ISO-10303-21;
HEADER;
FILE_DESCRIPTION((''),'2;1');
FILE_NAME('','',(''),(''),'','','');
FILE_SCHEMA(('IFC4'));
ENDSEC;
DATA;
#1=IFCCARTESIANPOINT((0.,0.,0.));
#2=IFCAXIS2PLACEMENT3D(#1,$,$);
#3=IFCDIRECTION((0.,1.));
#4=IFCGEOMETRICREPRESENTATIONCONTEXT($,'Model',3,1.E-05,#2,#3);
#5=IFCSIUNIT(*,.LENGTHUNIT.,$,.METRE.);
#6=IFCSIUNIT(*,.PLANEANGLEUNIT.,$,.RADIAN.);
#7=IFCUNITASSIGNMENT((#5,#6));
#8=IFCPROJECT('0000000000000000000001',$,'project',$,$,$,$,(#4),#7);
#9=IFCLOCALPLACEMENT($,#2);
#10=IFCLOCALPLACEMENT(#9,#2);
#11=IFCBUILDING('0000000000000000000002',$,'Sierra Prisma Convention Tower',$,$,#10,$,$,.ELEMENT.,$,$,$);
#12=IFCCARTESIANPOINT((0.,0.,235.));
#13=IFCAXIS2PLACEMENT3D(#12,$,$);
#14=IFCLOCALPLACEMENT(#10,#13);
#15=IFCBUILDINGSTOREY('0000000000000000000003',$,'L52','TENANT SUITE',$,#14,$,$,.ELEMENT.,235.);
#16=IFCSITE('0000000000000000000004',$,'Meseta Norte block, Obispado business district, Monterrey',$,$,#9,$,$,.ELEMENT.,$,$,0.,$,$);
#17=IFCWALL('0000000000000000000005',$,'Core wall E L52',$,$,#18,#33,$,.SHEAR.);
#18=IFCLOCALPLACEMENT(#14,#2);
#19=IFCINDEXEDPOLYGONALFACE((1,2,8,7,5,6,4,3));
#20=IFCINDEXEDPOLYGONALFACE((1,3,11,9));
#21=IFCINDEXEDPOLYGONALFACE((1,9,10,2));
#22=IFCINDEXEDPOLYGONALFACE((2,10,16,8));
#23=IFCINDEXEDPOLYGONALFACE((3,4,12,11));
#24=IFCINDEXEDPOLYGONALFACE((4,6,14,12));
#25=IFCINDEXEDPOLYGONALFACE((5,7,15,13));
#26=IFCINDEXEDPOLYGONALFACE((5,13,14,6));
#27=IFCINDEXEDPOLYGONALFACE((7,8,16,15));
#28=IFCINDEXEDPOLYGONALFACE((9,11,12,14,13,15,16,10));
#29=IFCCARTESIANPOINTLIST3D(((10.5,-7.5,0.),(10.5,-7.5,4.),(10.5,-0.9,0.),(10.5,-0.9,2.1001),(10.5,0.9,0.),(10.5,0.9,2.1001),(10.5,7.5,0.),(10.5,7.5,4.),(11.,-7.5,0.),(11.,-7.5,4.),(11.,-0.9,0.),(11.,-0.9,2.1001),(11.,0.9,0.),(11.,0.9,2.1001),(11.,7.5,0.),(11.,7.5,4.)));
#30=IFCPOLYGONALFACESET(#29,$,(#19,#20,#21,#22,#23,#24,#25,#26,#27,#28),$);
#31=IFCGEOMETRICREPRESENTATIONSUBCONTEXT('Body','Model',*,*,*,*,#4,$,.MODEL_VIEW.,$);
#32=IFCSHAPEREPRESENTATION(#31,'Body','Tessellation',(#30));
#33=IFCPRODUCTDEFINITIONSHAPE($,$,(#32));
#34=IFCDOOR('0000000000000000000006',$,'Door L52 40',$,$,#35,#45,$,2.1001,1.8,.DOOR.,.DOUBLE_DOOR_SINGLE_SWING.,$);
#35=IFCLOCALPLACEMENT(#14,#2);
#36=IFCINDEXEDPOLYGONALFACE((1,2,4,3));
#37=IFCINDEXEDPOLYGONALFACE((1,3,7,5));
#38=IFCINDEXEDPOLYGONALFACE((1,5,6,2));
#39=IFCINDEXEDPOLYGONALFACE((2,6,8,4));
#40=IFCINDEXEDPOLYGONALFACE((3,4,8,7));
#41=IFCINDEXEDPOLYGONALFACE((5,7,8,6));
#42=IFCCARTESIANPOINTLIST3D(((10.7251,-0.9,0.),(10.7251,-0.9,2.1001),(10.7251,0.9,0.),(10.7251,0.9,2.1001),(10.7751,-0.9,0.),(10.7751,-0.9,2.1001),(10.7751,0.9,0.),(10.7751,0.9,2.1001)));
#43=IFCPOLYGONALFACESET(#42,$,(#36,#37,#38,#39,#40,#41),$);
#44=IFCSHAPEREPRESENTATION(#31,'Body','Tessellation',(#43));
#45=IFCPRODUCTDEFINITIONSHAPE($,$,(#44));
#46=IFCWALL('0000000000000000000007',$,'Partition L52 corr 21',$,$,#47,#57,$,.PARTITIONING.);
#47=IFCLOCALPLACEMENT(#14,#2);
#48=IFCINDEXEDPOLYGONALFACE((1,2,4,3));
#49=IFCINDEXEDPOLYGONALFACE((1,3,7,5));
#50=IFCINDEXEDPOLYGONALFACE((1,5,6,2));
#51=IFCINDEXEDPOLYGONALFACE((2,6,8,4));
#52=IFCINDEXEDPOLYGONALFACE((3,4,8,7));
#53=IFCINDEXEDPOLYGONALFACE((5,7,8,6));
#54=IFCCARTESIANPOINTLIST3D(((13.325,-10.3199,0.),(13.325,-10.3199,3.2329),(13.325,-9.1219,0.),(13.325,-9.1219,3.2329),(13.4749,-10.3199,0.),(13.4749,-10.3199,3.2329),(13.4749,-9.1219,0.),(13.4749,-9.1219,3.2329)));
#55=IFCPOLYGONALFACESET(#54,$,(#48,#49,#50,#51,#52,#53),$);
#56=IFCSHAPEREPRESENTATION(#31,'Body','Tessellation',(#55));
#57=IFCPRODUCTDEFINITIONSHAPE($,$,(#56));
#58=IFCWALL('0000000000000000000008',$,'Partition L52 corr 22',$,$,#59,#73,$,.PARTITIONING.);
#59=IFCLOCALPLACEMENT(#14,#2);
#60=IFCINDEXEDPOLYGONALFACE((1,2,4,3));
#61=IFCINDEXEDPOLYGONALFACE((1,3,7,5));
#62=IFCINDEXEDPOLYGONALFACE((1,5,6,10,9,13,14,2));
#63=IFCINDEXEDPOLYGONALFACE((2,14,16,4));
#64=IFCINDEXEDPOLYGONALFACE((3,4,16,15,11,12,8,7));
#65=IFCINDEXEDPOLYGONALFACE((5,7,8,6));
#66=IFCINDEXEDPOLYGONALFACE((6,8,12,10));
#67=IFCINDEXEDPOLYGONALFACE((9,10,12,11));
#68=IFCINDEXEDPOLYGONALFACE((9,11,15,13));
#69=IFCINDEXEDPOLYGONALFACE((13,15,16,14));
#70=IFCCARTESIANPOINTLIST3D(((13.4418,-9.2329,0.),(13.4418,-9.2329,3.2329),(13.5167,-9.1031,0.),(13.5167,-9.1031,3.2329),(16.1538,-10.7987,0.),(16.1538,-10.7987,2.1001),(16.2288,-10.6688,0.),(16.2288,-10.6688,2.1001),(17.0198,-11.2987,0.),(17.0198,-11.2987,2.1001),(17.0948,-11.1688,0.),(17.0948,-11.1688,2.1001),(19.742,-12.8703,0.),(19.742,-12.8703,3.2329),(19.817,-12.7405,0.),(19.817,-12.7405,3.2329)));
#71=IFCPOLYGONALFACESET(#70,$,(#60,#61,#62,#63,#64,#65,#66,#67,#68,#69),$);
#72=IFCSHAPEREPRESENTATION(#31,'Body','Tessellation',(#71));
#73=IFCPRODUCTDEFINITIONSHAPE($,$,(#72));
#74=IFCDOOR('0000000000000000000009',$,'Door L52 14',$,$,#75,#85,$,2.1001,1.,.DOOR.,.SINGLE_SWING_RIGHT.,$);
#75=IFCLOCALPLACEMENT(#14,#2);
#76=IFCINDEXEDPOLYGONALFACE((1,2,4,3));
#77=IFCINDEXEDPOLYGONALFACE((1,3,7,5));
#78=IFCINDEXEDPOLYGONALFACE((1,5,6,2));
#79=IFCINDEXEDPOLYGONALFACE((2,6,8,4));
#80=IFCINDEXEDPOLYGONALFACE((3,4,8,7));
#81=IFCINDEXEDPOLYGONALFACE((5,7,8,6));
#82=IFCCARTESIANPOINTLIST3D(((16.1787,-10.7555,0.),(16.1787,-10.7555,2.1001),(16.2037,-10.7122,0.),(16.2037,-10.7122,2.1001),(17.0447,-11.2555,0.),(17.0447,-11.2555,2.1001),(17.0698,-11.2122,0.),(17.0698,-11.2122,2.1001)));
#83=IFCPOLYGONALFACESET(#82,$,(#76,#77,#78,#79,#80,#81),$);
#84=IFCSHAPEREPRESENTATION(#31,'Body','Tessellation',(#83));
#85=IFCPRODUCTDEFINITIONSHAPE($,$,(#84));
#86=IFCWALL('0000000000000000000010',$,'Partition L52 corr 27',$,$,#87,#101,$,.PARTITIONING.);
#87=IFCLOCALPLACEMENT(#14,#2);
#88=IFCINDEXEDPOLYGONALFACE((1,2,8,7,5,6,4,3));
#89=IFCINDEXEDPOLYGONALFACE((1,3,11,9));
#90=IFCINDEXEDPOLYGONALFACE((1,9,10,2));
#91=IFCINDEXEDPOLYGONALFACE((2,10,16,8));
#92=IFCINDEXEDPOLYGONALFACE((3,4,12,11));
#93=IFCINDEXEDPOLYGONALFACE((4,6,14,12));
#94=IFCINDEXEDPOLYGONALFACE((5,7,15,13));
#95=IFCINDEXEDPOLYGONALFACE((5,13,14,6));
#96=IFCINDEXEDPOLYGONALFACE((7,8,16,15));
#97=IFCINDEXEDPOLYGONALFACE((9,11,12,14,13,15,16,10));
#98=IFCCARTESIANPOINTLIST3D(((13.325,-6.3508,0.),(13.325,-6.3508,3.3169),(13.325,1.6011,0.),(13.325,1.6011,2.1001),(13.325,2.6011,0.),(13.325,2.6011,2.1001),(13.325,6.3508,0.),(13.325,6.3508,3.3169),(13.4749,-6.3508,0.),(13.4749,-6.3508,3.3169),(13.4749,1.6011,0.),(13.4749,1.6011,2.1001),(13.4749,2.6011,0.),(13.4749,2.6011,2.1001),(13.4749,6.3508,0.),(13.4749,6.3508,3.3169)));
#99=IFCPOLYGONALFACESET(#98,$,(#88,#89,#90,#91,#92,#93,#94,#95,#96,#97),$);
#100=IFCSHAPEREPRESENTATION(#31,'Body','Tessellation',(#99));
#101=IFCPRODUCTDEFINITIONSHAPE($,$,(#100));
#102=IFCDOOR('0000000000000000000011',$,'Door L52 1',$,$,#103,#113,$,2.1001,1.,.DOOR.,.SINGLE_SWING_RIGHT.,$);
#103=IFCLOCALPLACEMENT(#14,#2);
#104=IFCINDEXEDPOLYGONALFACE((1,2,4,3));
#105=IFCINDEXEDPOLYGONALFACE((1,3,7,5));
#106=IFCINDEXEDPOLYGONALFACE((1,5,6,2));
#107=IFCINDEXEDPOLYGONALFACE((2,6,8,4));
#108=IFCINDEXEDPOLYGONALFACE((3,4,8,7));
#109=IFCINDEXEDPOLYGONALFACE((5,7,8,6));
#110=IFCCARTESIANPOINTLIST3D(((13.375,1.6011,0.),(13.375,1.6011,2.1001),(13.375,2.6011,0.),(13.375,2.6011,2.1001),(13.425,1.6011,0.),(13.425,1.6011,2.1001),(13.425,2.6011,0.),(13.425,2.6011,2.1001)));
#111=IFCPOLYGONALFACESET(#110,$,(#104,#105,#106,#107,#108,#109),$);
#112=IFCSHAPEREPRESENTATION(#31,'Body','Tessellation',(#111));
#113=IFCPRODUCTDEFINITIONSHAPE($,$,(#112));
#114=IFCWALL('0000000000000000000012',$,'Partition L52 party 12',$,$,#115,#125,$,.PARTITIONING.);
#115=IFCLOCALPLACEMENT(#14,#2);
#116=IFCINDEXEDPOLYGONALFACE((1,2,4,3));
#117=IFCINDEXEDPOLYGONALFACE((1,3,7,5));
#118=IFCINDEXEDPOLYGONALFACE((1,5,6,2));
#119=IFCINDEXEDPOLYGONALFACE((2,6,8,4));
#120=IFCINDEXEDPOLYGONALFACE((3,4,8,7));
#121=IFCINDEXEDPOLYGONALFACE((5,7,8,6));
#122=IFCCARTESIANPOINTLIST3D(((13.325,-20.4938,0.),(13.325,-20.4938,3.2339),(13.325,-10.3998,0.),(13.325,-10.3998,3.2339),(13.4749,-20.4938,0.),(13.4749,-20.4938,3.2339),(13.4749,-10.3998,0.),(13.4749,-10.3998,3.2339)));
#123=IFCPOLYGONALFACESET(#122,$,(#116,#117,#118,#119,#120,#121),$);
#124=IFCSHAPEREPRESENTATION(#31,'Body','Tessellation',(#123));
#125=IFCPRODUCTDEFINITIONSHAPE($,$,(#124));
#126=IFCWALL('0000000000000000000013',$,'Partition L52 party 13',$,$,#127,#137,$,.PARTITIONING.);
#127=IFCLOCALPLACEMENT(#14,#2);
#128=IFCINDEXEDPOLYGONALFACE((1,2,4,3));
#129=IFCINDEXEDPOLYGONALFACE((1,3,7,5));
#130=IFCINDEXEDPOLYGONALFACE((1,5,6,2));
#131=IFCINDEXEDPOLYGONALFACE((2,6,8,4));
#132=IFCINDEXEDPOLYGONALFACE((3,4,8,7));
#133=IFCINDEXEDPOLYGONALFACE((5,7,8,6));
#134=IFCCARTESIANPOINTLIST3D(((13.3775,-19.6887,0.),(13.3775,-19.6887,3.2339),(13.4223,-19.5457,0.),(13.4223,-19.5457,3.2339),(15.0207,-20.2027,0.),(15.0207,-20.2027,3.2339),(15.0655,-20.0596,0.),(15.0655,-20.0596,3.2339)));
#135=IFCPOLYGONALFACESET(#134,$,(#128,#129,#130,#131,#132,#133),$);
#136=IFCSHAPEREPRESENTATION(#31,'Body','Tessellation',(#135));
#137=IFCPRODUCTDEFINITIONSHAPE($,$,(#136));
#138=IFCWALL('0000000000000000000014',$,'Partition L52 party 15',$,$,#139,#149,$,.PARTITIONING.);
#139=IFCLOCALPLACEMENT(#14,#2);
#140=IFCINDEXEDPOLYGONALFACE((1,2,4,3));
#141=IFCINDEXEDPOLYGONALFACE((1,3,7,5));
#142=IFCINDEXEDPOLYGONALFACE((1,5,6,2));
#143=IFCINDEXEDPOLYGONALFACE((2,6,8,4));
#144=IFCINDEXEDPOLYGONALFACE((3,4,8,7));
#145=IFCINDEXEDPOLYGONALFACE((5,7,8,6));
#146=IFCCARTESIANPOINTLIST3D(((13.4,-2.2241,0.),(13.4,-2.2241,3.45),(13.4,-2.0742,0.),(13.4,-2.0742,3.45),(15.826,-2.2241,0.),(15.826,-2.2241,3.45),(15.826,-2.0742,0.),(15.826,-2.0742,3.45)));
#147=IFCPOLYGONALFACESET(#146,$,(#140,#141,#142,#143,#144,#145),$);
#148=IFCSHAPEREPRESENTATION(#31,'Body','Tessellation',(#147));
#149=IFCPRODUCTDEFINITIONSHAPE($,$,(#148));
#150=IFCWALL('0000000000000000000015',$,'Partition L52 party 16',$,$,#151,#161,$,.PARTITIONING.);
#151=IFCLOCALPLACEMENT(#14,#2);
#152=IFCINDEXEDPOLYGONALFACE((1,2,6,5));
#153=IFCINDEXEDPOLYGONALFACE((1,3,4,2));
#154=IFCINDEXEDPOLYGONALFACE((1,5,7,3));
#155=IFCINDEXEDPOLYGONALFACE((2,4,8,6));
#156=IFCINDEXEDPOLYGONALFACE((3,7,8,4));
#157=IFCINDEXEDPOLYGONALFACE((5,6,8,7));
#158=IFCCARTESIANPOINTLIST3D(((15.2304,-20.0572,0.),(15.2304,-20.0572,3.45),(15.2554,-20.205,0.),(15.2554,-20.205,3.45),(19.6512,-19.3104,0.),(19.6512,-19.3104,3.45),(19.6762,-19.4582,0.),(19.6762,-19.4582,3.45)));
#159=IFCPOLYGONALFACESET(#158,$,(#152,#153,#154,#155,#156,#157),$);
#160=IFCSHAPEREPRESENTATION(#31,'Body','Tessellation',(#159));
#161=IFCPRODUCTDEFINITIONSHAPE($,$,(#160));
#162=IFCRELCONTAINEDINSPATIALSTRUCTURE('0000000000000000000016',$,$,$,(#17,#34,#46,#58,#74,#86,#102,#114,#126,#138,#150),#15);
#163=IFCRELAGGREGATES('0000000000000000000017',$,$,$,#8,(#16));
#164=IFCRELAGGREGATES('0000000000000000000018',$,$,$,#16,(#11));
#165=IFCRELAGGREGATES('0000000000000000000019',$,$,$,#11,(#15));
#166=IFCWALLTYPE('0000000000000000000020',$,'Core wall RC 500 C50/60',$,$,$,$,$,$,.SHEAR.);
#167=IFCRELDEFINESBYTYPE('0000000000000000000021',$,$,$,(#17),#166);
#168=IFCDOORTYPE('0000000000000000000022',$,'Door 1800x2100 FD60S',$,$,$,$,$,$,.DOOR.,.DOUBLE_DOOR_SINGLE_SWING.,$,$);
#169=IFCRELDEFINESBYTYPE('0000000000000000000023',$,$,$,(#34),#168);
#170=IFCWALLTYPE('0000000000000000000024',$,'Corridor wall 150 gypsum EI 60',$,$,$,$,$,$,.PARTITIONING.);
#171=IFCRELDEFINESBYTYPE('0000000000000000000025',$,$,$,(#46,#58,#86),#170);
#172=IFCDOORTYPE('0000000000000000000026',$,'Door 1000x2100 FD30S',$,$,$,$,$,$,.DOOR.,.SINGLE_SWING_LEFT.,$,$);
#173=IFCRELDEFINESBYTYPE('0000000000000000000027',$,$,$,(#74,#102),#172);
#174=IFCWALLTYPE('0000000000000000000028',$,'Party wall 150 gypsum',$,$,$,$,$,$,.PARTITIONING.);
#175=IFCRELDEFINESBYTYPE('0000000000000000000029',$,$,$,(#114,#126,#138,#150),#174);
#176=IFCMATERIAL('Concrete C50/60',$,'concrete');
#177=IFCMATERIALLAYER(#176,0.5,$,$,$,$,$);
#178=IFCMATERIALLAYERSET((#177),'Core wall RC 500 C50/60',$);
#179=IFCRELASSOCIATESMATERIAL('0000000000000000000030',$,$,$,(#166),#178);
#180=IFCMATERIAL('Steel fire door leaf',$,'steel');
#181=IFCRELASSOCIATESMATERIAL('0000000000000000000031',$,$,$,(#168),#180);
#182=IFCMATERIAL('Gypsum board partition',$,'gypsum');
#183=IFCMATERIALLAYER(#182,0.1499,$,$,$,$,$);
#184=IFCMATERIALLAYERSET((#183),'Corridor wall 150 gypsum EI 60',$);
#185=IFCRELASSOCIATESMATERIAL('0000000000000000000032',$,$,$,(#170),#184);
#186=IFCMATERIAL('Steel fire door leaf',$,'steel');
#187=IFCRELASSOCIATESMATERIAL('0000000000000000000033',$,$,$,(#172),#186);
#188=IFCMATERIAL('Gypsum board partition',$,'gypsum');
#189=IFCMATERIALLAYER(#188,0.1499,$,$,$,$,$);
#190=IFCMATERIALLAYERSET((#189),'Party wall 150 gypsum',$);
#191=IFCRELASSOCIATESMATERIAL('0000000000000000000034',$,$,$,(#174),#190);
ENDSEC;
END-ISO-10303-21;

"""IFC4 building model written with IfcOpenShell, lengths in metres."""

from ifc_helpers import new_model, si_unit, direction, frame, frame_2d, origin, place, context, subcontext, project, spatial, rectangle, extrude, material, layer, layer_set, type_object, element, fill, save


model = new_model("IFC4")

# Units and contexts
model_context = context("Model", 3, precision=1e-05, world=origin(), true_north=direction((0.0, 1.0)))
body_context = subcontext(model_context, "Body", "Model", "MODEL_VIEW")
ifc_project = project(units=[si_unit("LENGTHUNIT", "METRE"), si_unit("PLANEANGLEUNIT", "RADIAN")], contexts=[model_context])

# Site, building, storey
site_placement = place(None, origin())
site = spatial("IfcSite", under=ifc_project, at=site_placement, Name="Meseta Norte block, Obispado business district, Monterrey", CompositionType="ELEMENT", RefElevation=0.0)
building_placement = place(site_placement, origin())
building = spatial("IfcBuilding", under=site, at=building_placement, Name="Sierra Prisma Convention Tower", CompositionType="ELEMENT")
storey_placement = place(building_placement, frame((0.0, 0.0, 235.0)))
storey = spatial("IfcBuildingStorey", under=building, at=storey_placement, Name="L52", Description="TENANT SUITE", CompositionType="ELEMENT", Elevation=235.0)

# Wall, opening, door
ifc_material_1 = material(Name="Concrete C50/60", Category="concrete")
ifc_layer_1 = layer(ifc_material_1, 0.5)
ifc_layer_set_1 = layer_set([ifc_layer_1], Name="Core wall RC 500 C50/60")
wall_type_1 = type_object("IfcWallType", Name="Core wall RC 500 C50/60", PredefinedType="SHEAR", material=ifc_layer_set_1)
wall_1_placement = place(storey_placement, frame((10.75, -7.5, 0.0), z_axis=(0.0, 0.0, 1.0), x_axis=(0.0, 1.0, 0.0)))
wall_1 = element("IfcWall", 1, at=wall_1_placement, inside=storey, type_object=wall_type_1, Name="Core wall E L52", PredefinedType="SHEAR", context=body_context, shape_type="SweptSolid", body=[
    extrude(rectangle(XDim=15.0, YDim=0.5, at=frame_2d((7.5, 0.0))), origin(), (0.0, 0.0, 1.0), 4.0),
])
opening_1_placement = place(wall_1_placement, frame((6.6001, 0.0, 0.0)))
opening_1 = element("IfcOpeningElement", 2, at=opening_1_placement, cuts=wall_1, PredefinedType="OPENING", context=body_context, shape_type="SweptSolid", body=[
    extrude(rectangle(XDim=1.8, YDim=2.1001, at=frame_2d((0.8999, 1.05))), frame((0.0, 0.25, 0.0), z_axis=(0.0, -1.0, 0.0), x_axis=(1.0, 0.0, 0.0)), (0.0, 0.0, 1.0), 0.5),
])
ifc_material_2 = material(Name="Steel fire door leaf", Category="steel")
door_type_1 = type_object("IfcDoorType", Name="Door 1800x2100 FD60S", OperationType="DOUBLE_DOOR_SINGLE_SWING", PredefinedType="DOOR", material=ifc_material_2)
door_1_placement = place(opening_1_placement, origin())
door_1 = element("IfcDoor", 3, at=door_1_placement, inside=storey, type_object=door_type_1, Name="Door L52 40", OperationType="DOUBLE_DOOR_SINGLE_SWING", OverallHeight=2.1001, OverallWidth=1.8, PredefinedType="DOOR", context=body_context, shape_type="SweptSolid", body=[
    extrude(rectangle(XDim=1.8, YDim=2.1001, at=frame_2d((0.8999, 1.05))), frame((0.0, 0.0249, 0.0), z_axis=(0.0, -1.0, 0.0), x_axis=(1.0, 0.0, 0.0)), (0.0, 0.0, 1.0), 0.05),
])
fill(opening_1, door_1)

# Wall
ifc_material_3 = material(Name="Gypsum board partition", Category="gypsum")
ifc_layer_2 = layer(ifc_material_3, 0.1499)
ifc_layer_set_2 = layer_set([ifc_layer_2], Name="Corridor wall 150 gypsum EI 60")
wall_type_2 = type_object("IfcWallType", Name="Corridor wall 150 gypsum EI 60", PredefinedType="PARTITIONING", material=ifc_layer_set_2)
wall_2_placement = place(storey_placement, frame((13.3999, -10.3201, 0.0), z_axis=(0.0, 0.0, 1.0), x_axis=(0.0, 1.0, 0.0)))
element("IfcWall", 4, at=wall_2_placement, inside=storey, type_object=wall_type_2, Name="Partition L52 corr 21", PredefinedType="PARTITIONING", context=body_context, shape_type="SweptSolid", body=[
    extrude(rectangle(XDim=1.198, YDim=0.1499, at=frame_2d((0.5991, 0.0))), origin(), (0.0, 0.0, 1.0), 3.2329),
])

# Walls, openings, doors
wall_3_placement = place(storey_placement, frame((13.4792, -9.168, 0.0), z_axis=(0.0, 0.0, 1.0), x_axis=(0.866027, -0.499997, 0.0)))
wall_3 = element("IfcWall", 5, at=wall_3_placement, inside=storey, type_object=wall_type_2, Name="Partition L52 corr 22", PredefinedType="PARTITIONING", context=body_context, shape_type="SweptSolid", body=[
    extrude(rectangle(XDim=7.2749, YDim=0.1499, at=frame_2d((3.6375, 0.0))), origin(), (0.0, 0.0, 1.0), 3.2329),
])
opening_2_placement = place(wall_3_placement, frame((3.1316, 0.0, 0.0)))
opening_2 = element("IfcOpeningElement", 6, at=opening_2_placement, cuts=wall_3, PredefinedType="OPENING", context=body_context, shape_type="SweptSolid", body=[
    extrude(rectangle(XDim=1.0, YDim=2.1001, at=frame_2d((0.5, 1.05))), frame((0.0, 0.075, 0.0), z_axis=(0.0, -1.0, 0.0), x_axis=(1.0, 0.0, 0.0)), (0.0, 0.0, 1.0), 0.1499),
])
ifc_material_4 = material(Name="Steel fire door leaf", Category="steel")
door_type_2 = type_object("IfcDoorType", Name="Door 1000x2100 FD30S", OperationType="SINGLE_SWING_LEFT", PredefinedType="DOOR", material=ifc_material_4)
door_2_placement = place(opening_2_placement, origin())
door_2 = element("IfcDoor", 7, at=door_2_placement, inside=storey, type_object=door_type_2, Name="Door L52 14", OperationType="SINGLE_SWING_RIGHT", OverallHeight=2.1001, OverallWidth=1.0, PredefinedType="DOOR", context=body_context, shape_type="SweptSolid", body=[
    extrude(rectangle(XDim=1.0, YDim=2.1001, at=frame_2d((0.5, 1.05))), frame((0.0, 0.0249, 0.0), z_axis=(0.0, -1.0, 0.0), x_axis=(1.0, 0.0, 0.0)), (0.0, 0.0, 1.0), 0.05),
])
fill(opening_2, door_2)
wall_4_placement = place(storey_placement, frame((13.3999, -6.3508, 0.0), z_axis=(0.0, 0.0, 1.0), x_axis=(0.0, 1.0, 0.0)))
wall_4 = element("IfcWall", 8, at=wall_4_placement, inside=storey, type_object=wall_type_2, Name="Partition L52 corr 27", PredefinedType="PARTITIONING", context=body_context, shape_type="SweptSolid", body=[
    extrude(rectangle(XDim=12.7017, YDim=0.1499, at=frame_2d((6.3508, 0.0))), origin(), (0.0, 0.0, 1.0), 3.3169),
])
opening_3_placement = place(wall_4_placement, frame((7.9519, 0.0, 0.0)))
opening_3 = element("IfcOpeningElement", 9, at=opening_3_placement, cuts=wall_4, PredefinedType="OPENING", context=body_context, shape_type="SweptSolid", body=[
    extrude(rectangle(XDim=1.0, YDim=2.1001, at=frame_2d((0.5, 1.05))), frame((0.0, 0.075, 0.0), z_axis=(0.0, -1.0, 0.0), x_axis=(1.0, 0.0, 0.0)), (0.0, 0.0, 1.0), 0.1499),
])
door_3_placement = place(opening_3_placement, origin())
door_3 = element("IfcDoor", 10, at=door_3_placement, inside=storey, type_object=door_type_2, Name="Door L52 1", OperationType="SINGLE_SWING_RIGHT", OverallHeight=2.1001, OverallWidth=1.0, PredefinedType="DOOR", context=body_context, shape_type="SweptSolid", body=[
    extrude(rectangle(XDim=1.0, YDim=2.1001, at=frame_2d((0.5, 1.05))), frame((0.0, 0.0249, 0.0), z_axis=(0.0, -1.0, 0.0), x_axis=(1.0, 0.0, 0.0)), (0.0, 0.0, 1.0), 0.05),
])
fill(opening_3, door_3)

# Walls
ifc_material_5 = material(Name="Gypsum board partition", Category="gypsum")
ifc_layer_3 = layer(ifc_material_5, 0.1499)
ifc_layer_set_3 = layer_set([ifc_layer_3], Name="Party wall 150 gypsum")
wall_type_3 = type_object("IfcWallType", Name="Party wall 150 gypsum", PredefinedType="PARTITIONING", material=ifc_layer_set_3)
wall_5_placement = place(storey_placement, frame((13.3999, -10.3999, 0.0), z_axis=(0.0, 0.0, 1.0), x_axis=(0.0, -1.0, 0.0)))
element("IfcWall", 11, at=wall_5_placement, inside=storey, type_object=wall_type_3, Name="Partition L52 party 12", PredefinedType="PARTITIONING", context=body_context, shape_type="SweptSolid", body=[
    extrude(rectangle(XDim=10.094, YDim=0.1499, at=frame_2d((5.0469, 0.0))), origin(), (0.0, 0.0, 1.0), 3.2339),
])
wall_6_placement = place(storey_placement, frame((13.3999, -19.6172, 0.0), z_axis=(0.0, 0.0, 1.0), x_axis=(0.954404, -0.298517, 0.0)))
element("IfcWall", 12, at=wall_6_placement, inside=storey, type_object=wall_type_3, Name="Partition L52 party 13", PredefinedType="PARTITIONING", context=body_context, shape_type="SweptSolid", body=[
    extrude(rectangle(XDim=1.7217, YDim=0.1499, at=frame_2d((0.8608, 0.0))), origin(), (0.0, 0.0, 1.0), 3.2339),
])
wall_7_placement = place(storey_placement, frame((15.8259, -2.1492, 0.0), z_axis=(0.0, 0.0, 1.0), x_axis=(-1.0, 0.0, 0.0)))
element("IfcWall", 13, at=wall_7_placement, inside=storey, type_object=wall_type_3, Name="Partition L52 party 15", PredefinedType="PARTITIONING", context=body_context, shape_type="SweptSolid", body=[
    extrude(rectangle(XDim=2.426, YDim=0.1499, at=frame_2d((1.2129, 0.0))), origin(), (0.0, 0.0, 1.0), 3.45),
])
wall_8_placement = place(storey_placement, frame((15.2429, -20.1311, 0.0), z_axis=(0.0, 0.0, 1.0), x_axis=(0.986028, 0.16658, 0.0)))
element("IfcWall", 14, at=wall_8_placement, inside=storey, type_object=wall_type_3, Name="Partition L52 party 16", PredefinedType="PARTITIONING", context=body_context, shape_type="SweptSolid", body=[
    extrude(rectangle(XDim=4.4834, YDim=0.1499, at=frame_2d((2.2417, 0.0))), origin(), (0.0, 0.0, 1.0), 3.45),
])

save(model, "model.ifc")
